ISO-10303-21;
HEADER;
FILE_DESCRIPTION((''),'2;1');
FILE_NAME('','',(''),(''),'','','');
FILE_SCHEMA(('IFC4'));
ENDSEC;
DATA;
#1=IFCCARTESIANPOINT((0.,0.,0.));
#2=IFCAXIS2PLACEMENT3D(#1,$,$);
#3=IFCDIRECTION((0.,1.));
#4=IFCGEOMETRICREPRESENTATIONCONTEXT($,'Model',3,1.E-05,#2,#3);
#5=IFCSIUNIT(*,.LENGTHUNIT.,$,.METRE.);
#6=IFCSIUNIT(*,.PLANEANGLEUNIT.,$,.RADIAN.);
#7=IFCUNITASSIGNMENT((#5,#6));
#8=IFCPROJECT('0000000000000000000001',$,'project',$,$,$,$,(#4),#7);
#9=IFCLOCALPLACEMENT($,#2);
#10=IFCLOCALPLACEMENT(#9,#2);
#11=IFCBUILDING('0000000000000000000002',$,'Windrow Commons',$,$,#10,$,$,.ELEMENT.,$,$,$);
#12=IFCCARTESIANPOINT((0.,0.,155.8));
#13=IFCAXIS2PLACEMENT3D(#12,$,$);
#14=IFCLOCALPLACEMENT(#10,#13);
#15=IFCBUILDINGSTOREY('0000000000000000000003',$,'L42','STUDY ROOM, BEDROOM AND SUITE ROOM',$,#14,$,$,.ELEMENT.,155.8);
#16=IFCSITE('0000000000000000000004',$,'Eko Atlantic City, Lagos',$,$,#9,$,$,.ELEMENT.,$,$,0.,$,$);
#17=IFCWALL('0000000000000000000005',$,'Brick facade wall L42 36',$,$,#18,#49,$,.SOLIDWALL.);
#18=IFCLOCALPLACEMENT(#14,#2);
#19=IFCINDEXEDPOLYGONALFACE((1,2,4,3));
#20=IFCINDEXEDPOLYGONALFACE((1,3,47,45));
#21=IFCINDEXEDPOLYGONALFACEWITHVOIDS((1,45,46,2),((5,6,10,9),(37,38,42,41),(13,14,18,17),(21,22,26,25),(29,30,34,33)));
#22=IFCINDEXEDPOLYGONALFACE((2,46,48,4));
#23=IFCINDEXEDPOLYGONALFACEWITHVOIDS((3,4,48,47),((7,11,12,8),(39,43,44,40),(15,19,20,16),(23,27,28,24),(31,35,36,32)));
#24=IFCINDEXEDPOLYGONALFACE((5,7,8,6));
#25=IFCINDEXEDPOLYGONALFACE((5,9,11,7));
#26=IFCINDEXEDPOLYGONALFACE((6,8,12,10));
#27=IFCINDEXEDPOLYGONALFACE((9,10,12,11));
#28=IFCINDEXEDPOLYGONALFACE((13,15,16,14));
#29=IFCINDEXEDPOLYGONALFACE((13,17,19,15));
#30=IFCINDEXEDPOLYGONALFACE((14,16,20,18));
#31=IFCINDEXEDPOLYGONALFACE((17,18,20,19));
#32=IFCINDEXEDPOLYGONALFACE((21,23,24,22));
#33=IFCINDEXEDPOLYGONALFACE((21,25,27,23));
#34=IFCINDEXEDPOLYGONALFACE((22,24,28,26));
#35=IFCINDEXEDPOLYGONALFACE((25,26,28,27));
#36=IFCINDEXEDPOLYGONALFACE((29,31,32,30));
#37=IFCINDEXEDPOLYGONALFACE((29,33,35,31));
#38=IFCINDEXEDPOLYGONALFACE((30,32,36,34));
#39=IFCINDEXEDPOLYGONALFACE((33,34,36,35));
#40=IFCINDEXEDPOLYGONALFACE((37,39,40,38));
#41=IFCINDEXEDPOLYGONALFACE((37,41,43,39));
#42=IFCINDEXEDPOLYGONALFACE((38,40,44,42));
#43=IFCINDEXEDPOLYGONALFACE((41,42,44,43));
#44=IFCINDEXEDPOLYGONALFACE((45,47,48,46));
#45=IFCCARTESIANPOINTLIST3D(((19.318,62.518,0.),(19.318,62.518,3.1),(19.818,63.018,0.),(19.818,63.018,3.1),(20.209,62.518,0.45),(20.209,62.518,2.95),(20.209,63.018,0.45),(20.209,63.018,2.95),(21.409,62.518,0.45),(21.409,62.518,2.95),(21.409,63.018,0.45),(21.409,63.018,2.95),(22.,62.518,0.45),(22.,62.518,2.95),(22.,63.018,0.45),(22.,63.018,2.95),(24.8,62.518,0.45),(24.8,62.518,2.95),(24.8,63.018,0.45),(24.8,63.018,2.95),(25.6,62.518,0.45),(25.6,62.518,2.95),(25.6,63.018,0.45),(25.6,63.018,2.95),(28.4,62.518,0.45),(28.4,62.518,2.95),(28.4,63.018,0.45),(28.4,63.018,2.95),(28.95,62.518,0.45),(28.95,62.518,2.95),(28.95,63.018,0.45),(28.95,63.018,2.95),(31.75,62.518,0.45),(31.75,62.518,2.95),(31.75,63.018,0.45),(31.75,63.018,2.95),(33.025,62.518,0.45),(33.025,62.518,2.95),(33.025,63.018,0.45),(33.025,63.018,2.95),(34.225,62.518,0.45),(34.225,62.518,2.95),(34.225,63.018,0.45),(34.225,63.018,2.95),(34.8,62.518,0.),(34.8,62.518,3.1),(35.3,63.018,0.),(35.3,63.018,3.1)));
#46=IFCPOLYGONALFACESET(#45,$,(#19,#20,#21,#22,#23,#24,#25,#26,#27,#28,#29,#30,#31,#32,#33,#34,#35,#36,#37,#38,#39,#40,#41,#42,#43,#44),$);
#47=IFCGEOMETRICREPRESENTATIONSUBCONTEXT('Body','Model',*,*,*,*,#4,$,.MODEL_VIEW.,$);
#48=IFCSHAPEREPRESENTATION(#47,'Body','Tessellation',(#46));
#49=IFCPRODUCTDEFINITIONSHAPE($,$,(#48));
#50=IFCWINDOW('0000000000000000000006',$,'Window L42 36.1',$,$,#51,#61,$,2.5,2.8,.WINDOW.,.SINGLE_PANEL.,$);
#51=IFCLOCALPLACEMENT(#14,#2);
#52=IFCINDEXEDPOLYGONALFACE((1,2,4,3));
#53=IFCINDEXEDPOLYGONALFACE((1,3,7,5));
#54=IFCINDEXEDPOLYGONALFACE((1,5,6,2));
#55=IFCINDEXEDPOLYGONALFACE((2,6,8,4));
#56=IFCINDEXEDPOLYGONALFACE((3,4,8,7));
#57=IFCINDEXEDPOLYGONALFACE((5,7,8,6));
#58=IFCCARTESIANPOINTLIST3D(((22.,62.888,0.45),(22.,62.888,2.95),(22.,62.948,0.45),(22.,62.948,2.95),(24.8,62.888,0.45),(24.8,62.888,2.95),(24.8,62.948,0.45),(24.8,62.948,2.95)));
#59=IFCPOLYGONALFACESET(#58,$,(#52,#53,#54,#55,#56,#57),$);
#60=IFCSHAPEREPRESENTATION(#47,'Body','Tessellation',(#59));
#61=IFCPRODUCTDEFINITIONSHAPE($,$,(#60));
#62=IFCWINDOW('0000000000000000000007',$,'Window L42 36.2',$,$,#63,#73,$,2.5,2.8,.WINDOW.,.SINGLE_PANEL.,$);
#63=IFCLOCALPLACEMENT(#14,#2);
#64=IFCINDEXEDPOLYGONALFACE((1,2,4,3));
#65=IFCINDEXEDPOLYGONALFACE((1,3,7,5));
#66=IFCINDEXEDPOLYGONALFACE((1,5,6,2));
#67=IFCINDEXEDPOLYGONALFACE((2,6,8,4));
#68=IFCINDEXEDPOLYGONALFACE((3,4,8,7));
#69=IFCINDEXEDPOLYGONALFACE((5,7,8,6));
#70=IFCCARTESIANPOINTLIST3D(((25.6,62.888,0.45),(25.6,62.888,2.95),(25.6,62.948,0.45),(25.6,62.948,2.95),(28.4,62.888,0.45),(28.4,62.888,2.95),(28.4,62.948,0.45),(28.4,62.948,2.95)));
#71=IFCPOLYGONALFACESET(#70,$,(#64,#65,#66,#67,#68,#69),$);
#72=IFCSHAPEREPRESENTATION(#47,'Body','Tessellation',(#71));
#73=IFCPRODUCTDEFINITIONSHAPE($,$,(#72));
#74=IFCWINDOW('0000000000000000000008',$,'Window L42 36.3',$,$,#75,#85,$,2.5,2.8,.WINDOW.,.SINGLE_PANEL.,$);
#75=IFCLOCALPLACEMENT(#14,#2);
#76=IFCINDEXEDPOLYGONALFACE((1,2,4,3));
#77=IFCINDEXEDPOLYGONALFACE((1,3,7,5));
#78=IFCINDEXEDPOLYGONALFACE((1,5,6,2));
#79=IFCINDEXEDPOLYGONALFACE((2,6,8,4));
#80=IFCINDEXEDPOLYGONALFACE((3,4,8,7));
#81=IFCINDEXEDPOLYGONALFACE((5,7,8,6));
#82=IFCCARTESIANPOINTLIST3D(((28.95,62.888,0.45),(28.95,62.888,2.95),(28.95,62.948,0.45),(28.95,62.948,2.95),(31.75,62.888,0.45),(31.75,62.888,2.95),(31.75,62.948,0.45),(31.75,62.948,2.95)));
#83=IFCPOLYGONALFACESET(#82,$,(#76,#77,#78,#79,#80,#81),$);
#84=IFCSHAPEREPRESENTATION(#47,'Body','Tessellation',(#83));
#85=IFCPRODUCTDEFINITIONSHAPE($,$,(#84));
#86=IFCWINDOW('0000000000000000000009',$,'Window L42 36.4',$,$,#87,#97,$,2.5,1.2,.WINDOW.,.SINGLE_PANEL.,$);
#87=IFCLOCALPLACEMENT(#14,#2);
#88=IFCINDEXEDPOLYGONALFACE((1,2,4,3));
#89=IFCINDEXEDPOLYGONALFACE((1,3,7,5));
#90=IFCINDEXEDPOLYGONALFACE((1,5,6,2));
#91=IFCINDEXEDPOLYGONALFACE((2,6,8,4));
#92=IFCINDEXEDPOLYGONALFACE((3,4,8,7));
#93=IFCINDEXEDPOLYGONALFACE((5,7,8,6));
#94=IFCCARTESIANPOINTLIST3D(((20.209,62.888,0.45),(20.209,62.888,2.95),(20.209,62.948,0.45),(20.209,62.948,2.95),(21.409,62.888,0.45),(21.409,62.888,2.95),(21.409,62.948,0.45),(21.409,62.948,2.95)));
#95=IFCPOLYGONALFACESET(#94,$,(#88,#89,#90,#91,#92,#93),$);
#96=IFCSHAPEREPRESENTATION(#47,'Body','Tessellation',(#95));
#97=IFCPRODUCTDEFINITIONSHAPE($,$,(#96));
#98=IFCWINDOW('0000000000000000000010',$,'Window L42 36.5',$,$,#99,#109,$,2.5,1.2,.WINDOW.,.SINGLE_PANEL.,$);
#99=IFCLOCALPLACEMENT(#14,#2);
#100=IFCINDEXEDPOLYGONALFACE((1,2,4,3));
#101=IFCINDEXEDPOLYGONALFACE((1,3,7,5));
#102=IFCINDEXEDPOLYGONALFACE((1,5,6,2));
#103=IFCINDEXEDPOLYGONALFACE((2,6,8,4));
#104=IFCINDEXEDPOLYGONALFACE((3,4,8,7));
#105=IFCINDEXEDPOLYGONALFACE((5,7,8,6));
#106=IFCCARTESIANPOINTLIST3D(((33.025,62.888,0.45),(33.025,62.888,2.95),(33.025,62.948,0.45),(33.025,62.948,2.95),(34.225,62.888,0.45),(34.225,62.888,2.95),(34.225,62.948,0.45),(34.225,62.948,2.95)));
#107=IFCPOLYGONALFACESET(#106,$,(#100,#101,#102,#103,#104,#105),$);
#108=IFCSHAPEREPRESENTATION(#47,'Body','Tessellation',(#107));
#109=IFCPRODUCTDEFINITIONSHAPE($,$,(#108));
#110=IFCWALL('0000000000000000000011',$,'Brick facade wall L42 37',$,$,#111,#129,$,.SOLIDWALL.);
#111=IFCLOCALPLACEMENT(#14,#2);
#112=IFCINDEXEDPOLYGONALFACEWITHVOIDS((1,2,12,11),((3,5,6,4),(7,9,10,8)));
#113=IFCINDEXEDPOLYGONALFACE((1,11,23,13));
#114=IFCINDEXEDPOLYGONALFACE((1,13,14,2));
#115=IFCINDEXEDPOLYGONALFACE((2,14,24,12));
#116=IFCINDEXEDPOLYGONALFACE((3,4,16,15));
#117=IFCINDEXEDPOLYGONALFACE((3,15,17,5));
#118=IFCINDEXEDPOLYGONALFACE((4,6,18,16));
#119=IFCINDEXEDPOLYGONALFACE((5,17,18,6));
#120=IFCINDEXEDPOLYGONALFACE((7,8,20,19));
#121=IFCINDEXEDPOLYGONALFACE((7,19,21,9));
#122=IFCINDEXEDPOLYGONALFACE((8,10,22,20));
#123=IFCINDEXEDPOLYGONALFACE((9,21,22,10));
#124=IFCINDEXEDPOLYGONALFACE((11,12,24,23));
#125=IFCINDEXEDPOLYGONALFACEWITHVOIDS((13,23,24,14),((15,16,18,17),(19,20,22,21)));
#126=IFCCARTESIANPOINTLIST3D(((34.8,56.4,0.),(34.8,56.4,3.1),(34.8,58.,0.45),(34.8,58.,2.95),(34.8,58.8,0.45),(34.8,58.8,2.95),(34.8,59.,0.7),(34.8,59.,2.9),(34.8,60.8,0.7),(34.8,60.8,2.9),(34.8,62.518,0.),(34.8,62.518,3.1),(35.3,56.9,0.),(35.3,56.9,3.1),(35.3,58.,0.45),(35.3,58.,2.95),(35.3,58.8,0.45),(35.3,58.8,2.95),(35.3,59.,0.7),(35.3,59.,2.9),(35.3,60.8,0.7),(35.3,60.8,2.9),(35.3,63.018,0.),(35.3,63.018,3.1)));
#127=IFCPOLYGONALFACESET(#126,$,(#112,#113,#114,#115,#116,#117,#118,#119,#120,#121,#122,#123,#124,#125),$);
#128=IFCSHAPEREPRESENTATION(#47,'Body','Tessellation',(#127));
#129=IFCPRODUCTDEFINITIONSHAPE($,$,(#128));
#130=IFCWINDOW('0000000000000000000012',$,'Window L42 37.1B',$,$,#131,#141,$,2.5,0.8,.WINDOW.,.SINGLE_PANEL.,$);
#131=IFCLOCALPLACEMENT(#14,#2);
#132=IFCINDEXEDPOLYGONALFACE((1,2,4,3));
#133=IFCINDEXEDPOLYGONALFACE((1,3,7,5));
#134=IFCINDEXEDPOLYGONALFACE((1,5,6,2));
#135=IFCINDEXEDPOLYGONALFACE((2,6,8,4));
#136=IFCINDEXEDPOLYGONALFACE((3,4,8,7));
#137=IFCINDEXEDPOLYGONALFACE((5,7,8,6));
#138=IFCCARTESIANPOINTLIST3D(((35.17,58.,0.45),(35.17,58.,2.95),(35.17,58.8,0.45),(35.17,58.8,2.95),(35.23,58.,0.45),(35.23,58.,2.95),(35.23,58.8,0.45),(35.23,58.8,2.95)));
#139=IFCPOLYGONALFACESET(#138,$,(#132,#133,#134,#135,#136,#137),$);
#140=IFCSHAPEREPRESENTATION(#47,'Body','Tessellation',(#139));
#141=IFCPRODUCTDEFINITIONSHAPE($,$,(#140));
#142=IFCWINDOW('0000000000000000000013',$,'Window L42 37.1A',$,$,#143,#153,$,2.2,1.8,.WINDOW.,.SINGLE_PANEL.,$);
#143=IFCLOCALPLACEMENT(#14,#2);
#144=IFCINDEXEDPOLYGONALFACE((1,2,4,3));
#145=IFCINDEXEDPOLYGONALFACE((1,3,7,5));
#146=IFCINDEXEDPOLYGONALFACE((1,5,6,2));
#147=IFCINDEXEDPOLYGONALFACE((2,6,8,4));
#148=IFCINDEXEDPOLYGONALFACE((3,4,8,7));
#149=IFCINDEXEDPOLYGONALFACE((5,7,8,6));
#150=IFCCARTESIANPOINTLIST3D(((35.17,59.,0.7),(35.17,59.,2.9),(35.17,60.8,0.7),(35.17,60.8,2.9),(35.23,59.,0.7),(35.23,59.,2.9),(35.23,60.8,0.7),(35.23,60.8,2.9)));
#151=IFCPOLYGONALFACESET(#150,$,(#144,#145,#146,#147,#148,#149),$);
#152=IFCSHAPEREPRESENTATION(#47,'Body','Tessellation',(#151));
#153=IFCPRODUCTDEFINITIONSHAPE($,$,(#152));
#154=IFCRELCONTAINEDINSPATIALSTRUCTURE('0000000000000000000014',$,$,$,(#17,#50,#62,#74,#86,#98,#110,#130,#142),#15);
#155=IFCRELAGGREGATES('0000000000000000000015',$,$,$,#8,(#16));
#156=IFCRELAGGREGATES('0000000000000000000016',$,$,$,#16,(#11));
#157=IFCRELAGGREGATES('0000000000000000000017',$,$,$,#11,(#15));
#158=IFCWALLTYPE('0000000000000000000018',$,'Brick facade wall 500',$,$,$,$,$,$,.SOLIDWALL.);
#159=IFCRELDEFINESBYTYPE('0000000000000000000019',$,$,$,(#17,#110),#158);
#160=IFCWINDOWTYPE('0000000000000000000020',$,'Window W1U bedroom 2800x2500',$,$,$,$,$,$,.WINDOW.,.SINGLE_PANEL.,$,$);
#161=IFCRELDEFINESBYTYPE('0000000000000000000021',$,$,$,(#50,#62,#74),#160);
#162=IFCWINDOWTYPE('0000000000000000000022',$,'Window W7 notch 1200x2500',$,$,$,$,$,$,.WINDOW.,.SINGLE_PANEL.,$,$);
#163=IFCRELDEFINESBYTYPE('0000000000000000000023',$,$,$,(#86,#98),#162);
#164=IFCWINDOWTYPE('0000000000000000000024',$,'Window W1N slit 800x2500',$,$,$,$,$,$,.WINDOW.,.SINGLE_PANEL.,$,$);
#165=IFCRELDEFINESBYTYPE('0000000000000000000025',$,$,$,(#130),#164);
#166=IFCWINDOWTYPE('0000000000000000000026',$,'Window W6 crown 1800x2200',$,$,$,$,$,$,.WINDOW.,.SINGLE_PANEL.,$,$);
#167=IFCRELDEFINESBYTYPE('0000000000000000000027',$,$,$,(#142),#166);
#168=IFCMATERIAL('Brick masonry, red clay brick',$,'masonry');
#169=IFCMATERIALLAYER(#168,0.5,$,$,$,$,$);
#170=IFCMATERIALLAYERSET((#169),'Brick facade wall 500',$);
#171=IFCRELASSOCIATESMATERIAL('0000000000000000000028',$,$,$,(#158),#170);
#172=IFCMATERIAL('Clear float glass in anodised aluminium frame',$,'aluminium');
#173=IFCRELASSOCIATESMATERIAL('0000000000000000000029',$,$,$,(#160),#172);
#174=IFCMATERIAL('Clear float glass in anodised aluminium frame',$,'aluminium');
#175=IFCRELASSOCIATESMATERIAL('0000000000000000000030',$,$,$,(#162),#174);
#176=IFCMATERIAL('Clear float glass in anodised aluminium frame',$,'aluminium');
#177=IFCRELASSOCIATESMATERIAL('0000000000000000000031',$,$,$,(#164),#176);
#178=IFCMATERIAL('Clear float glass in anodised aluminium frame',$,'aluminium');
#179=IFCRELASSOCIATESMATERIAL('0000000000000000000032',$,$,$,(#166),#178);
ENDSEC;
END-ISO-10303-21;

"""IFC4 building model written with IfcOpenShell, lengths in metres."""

from ifc_helpers import new_model, si_unit, direction, frame, frame_2d, origin, place, context, subcontext, project, spatial, polyline, rectangle, outline, extrude, material, layer, layer_set, type_object, element, fill, save


model = new_model("IFC4")

# Units and contexts
model_context = context("Model", 3, precision=1e-05, world=origin(), true_north=direction((0.0, 1.0)))
body_context = subcontext(model_context, "Body", "Model", "MODEL_VIEW")
ifc_project = project(units=[si_unit("LENGTHUNIT", "METRE"), si_unit("PLANEANGLEUNIT", "RADIAN")], contexts=[model_context])

# Site, building, storey
site_placement = place(None, origin())
site = spatial("IfcSite", under=ifc_project, at=site_placement, Name="Eko Atlantic City, Lagos", CompositionType="ELEMENT", RefElevation=0.0)
building_placement = place(site_placement, origin())
building = spatial("IfcBuilding", under=site, at=building_placement, Name="Windrow Commons", CompositionType="ELEMENT")
storey_placement = place(building_placement, frame((0.0, 0.0, 155.8)))
storey = spatial("IfcBuildingStorey", under=building, at=storey_placement, Name="L42", Description="STUDY ROOM, BEDROOM AND SUITE ROOM", CompositionType="ELEMENT", Elevation=155.8)

# Walls, openings, windows
ifc_material_1 = material(Name="Brick masonry, red clay brick", Category="masonry")
ifc_layer_1 = layer(ifc_material_1, 0.5)
ifc_layer_set_1 = layer_set([ifc_layer_1], Name="Brick facade wall 500")
wall_type_1 = type_object("IfcWallType", Name="Brick facade wall 500", PredefinedType="SOLIDWALL", material=ifc_layer_set_1)
wall_1_placement = place(storey_placement, frame((19.568, 62.768, 0.0), z_axis=(0.0, 0.0, 1.0), x_axis=(1.0, 0.0, 0.0)))
wall_1 = element("IfcWall", 1, at=wall_1_placement, inside=storey, type_object=wall_type_1, Name="Brick facade wall L42 36", PredefinedType="SOLIDWALL", context=body_context, shape_type="SweptSolid", body=[
    extrude(outline(polyline([(-0.25, -0.25), (15.232, -0.25), (15.732, 0.25), (0.25, 0.25), (-0.25, -0.25)])), origin(), (0.0, 0.0, 1.0), 3.1),
])
opening_1_placement = place(wall_1_placement, frame((2.432, 0.0, 0.45)))
opening_1 = element("IfcOpeningElement", 2, at=opening_1_placement, cuts=wall_1, PredefinedType="OPENING", context=body_context, shape_type="SweptSolid", body=[
    extrude(rectangle(XDim=2.8, YDim=2.5, at=frame_2d((1.4, 1.25))), frame((0.0, 0.26, 0.0), z_axis=(0.0, -1.0, 0.0), x_axis=(1.0, 0.0, 0.0)), (0.0, 0.0, 1.0), 0.52),
])
opening_2_placement = place(wall_1_placement, frame((6.032, 0.0, 0.45)))
opening_2 = element("IfcOpeningElement", 3, at=opening_2_placement, cuts=wall_1, PredefinedType="OPENING", context=body_context, shape_type="SweptSolid", body=[
    extrude(rectangle(XDim=2.8, YDim=2.5, at=frame_2d((1.4, 1.25))), frame((0.0, 0.26, 0.0), z_axis=(0.0, -1.0, 0.0), x_axis=(1.0, 0.0, 0.0)), (0.0, 0.0, 1.0), 0.52),
])
opening_3_placement = place(wall_1_placement, frame((9.382, 0.0, 0.45)))
opening_3 = element("IfcOpeningElement", 4, at=opening_3_placement, cuts=wall_1, PredefinedType="OPENING", context=body_context, shape_type="SweptSolid", body=[
    extrude(rectangle(XDim=2.8, YDim=2.5, at=frame_2d((1.4, 1.25))), frame((0.0, 0.26, 0.0), z_axis=(0.0, -1.0, 0.0), x_axis=(1.0, 0.0, 0.0)), (0.0, 0.0, 1.0), 0.52),
])
opening_4_placement = place(wall_1_placement, frame((0.641, 0.0, 0.45)))
opening_4 = element("IfcOpeningElement", 5, at=opening_4_placement, cuts=wall_1, PredefinedType="OPENING", context=body_context, shape_type="SweptSolid", body=[
    extrude(rectangle(XDim=1.2, YDim=2.5, at=frame_2d((0.6, 1.25))), frame((0.0, 0.26, 0.0), z_axis=(0.0, -1.0, 0.0), x_axis=(1.0, 0.0, 0.0)), (0.0, 0.0, 1.0), 0.52),
])
opening_5_placement = place(wall_1_placement, frame((13.457, 0.0, 0.45)))
opening_5 = element("IfcOpeningElement", 6, at=opening_5_placement, cuts=wall_1, PredefinedType="OPENING", context=body_context, shape_type="SweptSolid", body=[
    extrude(rectangle(XDim=1.2, YDim=2.5, at=frame_2d((0.6, 1.25))), frame((0.0, 0.26, 0.0), z_axis=(0.0, -1.0, 0.0), x_axis=(1.0, 0.0, 0.0)), (0.0, 0.0, 1.0), 0.52),
])
ifc_material_2 = material(Name="Clear float glass in anodised aluminium frame", Category="aluminium")
window_type_1 = type_object("IfcWindowType", Name="Window W1U bedroom 2800x2500", PartitioningType="SINGLE_PANEL", PredefinedType="WINDOW", material=ifc_material_2)
window_1_placement = place(opening_1_placement, origin())
window_1 = element("IfcWindow", 7, at=window_1_placement, inside=storey, type_object=window_type_1, Name="Window L42 36.1", OverallHeight=2.5, OverallWidth=2.8, PartitioningType="SINGLE_PANEL", PredefinedType="WINDOW", context=body_context, shape_type="SweptSolid", body=[
    extrude(rectangle(XDim=2.8, YDim=2.5, at=frame_2d((1.4, 1.25))), frame((0.0, 0.18, 0.0), z_axis=(0.0, -1.0, 0.0), x_axis=(1.0, 0.0, 0.0)), (0.0, 0.0, 1.0), 0.06),
])
fill(opening_1, window_1)
window_2_placement = place(opening_2_placement, origin())
window_2 = element("IfcWindow", 8, at=window_2_placement, inside=storey, type_object=window_type_1, Name="Window L42 36.2", OverallHeight=2.5, OverallWidth=2.8, PartitioningType="SINGLE_PANEL", PredefinedType="WINDOW", context=body_context, shape_type="SweptSolid", body=[
    extrude(rectangle(XDim=2.8, YDim=2.5, at=frame_2d((1.4, 1.25))), frame((0.0, 0.18, 0.0), z_axis=(0.0, -1.0, 0.0), x_axis=(1.0, 0.0, 0.0)), (0.0, 0.0, 1.0), 0.06),
])
fill(opening_2, window_2)
window_3_placement = place(opening_3_placement, origin())
window_3 = element("IfcWindow", 9, at=window_3_placement, inside=storey, type_object=window_type_1, Name="Window L42 36.3", OverallHeight=2.5, OverallWidth=2.8, PartitioningType="SINGLE_PANEL", PredefinedType="WINDOW", context=body_context, shape_type="SweptSolid", body=[
    extrude(rectangle(XDim=2.8, YDim=2.5, at=frame_2d((1.4, 1.25))), frame((0.0, 0.18, 0.0), z_axis=(0.0, -1.0, 0.0), x_axis=(1.0, 0.0, 0.0)), (0.0, 0.0, 1.0), 0.06),
])
fill(opening_3, window_3)
ifc_material_3 = material(Name="Clear float glass in anodised aluminium frame", Category="aluminium")
window_type_2 = type_object("IfcWindowType", Name="Window W7 notch 1200x2500", PartitioningType="SINGLE_PANEL", PredefinedType="WINDOW", material=ifc_material_3)
window_4_placement = place(opening_4_placement, origin())
window_4 = element("IfcWindow", 10, at=window_4_placement, inside=storey, type_object=window_type_2, Name="Window L42 36.4", OverallHeight=2.5, OverallWidth=1.2, PartitioningType="SINGLE_PANEL", PredefinedType="WINDOW", context=body_context, shape_type="SweptSolid", body=[
    extrude(rectangle(XDim=1.2, YDim=2.5, at=frame_2d((0.6, 1.25))), frame((0.0, 0.18, 0.0), z_axis=(0.0, -1.0, 0.0), x_axis=(1.0, 0.0, 0.0)), (0.0, 0.0, 1.0), 0.06),
])
fill(opening_4, window_4)
window_5_placement = place(opening_5_placement, origin())
window_5 = element("IfcWindow", 11, at=window_5_placement, inside=storey, type_object=window_type_2, Name="Window L42 36.5", OverallHeight=2.5, OverallWidth=1.2, PartitioningType="SINGLE_PANEL", PredefinedType="WINDOW", context=body_context, shape_type="SweptSolid", body=[
    extrude(rectangle(XDim=1.2, YDim=2.5, at=frame_2d((0.6, 1.25))), frame((0.0, 0.18, 0.0), z_axis=(0.0, -1.0, 0.0), x_axis=(1.0, 0.0, 0.0)), (0.0, 0.0, 1.0), 0.06),
])
fill(opening_5, window_5)
wall_2_placement = place(storey_placement, frame((35.05, 62.768, 0.0), z_axis=(0.0, 0.0, 1.0), x_axis=(0.0, -1.0, 0.0)))
wall_2 = element("IfcWall", 12, at=wall_2_placement, inside=storey, type_object=wall_type_1, Name="Brick facade wall L42 37", PredefinedType="SOLIDWALL", context=body_context, shape_type="SweptSolid", body=[
    extrude(outline(polyline([(0.25, -0.25), (6.368, -0.25), (5.868, 0.25), (-0.25, 0.25), (0.25, -0.25)])), origin(), (0.0, 0.0, 1.0), 3.1),
])
opening_6_placement = place(wall_2_placement, frame((1.968, 0.0, 0.7)))
opening_6 = element("IfcOpeningElement", 13, at=opening_6_placement, cuts=wall_2, PredefinedType="OPENING", context=body_context, shape_type="SweptSolid", body=[
    extrude(rectangle(XDim=1.8, YDim=2.2, at=frame_2d((0.9, 1.1))), frame((0.0, 0.26, 0.0), z_axis=(0.0, -1.0, 0.0), x_axis=(1.0, 0.0, 0.0)), (0.0, 0.0, 1.0), 0.52),
])
opening_7_placement = place(wall_2_placement, frame((3.968, 0.0, 0.45)))
opening_7 = element("IfcOpeningElement", 14, at=opening_7_placement, cuts=wall_2, PredefinedType="OPENING", context=body_context, shape_type="SweptSolid", body=[
    extrude(rectangle(XDim=0.8, YDim=2.5, at=frame_2d((0.4, 1.25))), frame((0.0, 0.26, 0.0), z_axis=(0.0, -1.0, 0.0), x_axis=(1.0, 0.0, 0.0)), (0.0, 0.0, 1.0), 0.52),
])
ifc_material_4 = material(Name="Clear float glass in anodised aluminium frame", Category="aluminium")
window_type_3 = type_object("IfcWindowType", Name="Window W1N slit 800x2500", PartitioningType="SINGLE_PANEL", PredefinedType="WINDOW", material=ifc_material_4)
window_6_placement = place(opening_7_placement, origin())
window_6 = element("IfcWindow", 15, at=window_6_placement, inside=storey, type_object=window_type_3, Name="Window L42 37.1B", OverallHeight=2.5, OverallWidth=0.8, PartitioningType="SINGLE_PANEL", PredefinedType="WINDOW", context=body_context, shape_type="SweptSolid", body=[
    extrude(rectangle(XDim=0.8, YDim=2.5, at=frame_2d((0.4, 1.25))), frame((0.0, 0.18, 0.0), z_axis=(0.0, -1.0, 0.0), x_axis=(1.0, 0.0, 0.0)), (0.0, 0.0, 1.0), 0.06),
])
fill(opening_7, window_6)
ifc_material_5 = material(Name="Clear float glass in anodised aluminium frame", Category="aluminium")
window_type_4 = type_object("IfcWindowType", Name="Window W6 crown 1800x2200", PartitioningType="SINGLE_PANEL", PredefinedType="WINDOW", material=ifc_material_5)
window_7_placement = place(opening_6_placement, origin())
window_7 = element("IfcWindow", 16, at=window_7_placement, inside=storey, type_object=window_type_4, Name="Window L42 37.1A", OverallHeight=2.2, OverallWidth=1.8, PartitioningType="SINGLE_PANEL", PredefinedType="WINDOW", context=body_context, shape_type="SweptSolid", body=[
    extrude(rectangle(XDim=1.8, YDim=2.2, at=frame_2d((0.9, 1.1))), frame((0.0, 0.18, 0.0), z_axis=(0.0, -1.0, 0.0), x_axis=(1.0, 0.0, 0.0)), (0.0, 0.0, 1.0), 0.06),
])
fill(opening_6, window_7)

save(model, "model.ifc")
